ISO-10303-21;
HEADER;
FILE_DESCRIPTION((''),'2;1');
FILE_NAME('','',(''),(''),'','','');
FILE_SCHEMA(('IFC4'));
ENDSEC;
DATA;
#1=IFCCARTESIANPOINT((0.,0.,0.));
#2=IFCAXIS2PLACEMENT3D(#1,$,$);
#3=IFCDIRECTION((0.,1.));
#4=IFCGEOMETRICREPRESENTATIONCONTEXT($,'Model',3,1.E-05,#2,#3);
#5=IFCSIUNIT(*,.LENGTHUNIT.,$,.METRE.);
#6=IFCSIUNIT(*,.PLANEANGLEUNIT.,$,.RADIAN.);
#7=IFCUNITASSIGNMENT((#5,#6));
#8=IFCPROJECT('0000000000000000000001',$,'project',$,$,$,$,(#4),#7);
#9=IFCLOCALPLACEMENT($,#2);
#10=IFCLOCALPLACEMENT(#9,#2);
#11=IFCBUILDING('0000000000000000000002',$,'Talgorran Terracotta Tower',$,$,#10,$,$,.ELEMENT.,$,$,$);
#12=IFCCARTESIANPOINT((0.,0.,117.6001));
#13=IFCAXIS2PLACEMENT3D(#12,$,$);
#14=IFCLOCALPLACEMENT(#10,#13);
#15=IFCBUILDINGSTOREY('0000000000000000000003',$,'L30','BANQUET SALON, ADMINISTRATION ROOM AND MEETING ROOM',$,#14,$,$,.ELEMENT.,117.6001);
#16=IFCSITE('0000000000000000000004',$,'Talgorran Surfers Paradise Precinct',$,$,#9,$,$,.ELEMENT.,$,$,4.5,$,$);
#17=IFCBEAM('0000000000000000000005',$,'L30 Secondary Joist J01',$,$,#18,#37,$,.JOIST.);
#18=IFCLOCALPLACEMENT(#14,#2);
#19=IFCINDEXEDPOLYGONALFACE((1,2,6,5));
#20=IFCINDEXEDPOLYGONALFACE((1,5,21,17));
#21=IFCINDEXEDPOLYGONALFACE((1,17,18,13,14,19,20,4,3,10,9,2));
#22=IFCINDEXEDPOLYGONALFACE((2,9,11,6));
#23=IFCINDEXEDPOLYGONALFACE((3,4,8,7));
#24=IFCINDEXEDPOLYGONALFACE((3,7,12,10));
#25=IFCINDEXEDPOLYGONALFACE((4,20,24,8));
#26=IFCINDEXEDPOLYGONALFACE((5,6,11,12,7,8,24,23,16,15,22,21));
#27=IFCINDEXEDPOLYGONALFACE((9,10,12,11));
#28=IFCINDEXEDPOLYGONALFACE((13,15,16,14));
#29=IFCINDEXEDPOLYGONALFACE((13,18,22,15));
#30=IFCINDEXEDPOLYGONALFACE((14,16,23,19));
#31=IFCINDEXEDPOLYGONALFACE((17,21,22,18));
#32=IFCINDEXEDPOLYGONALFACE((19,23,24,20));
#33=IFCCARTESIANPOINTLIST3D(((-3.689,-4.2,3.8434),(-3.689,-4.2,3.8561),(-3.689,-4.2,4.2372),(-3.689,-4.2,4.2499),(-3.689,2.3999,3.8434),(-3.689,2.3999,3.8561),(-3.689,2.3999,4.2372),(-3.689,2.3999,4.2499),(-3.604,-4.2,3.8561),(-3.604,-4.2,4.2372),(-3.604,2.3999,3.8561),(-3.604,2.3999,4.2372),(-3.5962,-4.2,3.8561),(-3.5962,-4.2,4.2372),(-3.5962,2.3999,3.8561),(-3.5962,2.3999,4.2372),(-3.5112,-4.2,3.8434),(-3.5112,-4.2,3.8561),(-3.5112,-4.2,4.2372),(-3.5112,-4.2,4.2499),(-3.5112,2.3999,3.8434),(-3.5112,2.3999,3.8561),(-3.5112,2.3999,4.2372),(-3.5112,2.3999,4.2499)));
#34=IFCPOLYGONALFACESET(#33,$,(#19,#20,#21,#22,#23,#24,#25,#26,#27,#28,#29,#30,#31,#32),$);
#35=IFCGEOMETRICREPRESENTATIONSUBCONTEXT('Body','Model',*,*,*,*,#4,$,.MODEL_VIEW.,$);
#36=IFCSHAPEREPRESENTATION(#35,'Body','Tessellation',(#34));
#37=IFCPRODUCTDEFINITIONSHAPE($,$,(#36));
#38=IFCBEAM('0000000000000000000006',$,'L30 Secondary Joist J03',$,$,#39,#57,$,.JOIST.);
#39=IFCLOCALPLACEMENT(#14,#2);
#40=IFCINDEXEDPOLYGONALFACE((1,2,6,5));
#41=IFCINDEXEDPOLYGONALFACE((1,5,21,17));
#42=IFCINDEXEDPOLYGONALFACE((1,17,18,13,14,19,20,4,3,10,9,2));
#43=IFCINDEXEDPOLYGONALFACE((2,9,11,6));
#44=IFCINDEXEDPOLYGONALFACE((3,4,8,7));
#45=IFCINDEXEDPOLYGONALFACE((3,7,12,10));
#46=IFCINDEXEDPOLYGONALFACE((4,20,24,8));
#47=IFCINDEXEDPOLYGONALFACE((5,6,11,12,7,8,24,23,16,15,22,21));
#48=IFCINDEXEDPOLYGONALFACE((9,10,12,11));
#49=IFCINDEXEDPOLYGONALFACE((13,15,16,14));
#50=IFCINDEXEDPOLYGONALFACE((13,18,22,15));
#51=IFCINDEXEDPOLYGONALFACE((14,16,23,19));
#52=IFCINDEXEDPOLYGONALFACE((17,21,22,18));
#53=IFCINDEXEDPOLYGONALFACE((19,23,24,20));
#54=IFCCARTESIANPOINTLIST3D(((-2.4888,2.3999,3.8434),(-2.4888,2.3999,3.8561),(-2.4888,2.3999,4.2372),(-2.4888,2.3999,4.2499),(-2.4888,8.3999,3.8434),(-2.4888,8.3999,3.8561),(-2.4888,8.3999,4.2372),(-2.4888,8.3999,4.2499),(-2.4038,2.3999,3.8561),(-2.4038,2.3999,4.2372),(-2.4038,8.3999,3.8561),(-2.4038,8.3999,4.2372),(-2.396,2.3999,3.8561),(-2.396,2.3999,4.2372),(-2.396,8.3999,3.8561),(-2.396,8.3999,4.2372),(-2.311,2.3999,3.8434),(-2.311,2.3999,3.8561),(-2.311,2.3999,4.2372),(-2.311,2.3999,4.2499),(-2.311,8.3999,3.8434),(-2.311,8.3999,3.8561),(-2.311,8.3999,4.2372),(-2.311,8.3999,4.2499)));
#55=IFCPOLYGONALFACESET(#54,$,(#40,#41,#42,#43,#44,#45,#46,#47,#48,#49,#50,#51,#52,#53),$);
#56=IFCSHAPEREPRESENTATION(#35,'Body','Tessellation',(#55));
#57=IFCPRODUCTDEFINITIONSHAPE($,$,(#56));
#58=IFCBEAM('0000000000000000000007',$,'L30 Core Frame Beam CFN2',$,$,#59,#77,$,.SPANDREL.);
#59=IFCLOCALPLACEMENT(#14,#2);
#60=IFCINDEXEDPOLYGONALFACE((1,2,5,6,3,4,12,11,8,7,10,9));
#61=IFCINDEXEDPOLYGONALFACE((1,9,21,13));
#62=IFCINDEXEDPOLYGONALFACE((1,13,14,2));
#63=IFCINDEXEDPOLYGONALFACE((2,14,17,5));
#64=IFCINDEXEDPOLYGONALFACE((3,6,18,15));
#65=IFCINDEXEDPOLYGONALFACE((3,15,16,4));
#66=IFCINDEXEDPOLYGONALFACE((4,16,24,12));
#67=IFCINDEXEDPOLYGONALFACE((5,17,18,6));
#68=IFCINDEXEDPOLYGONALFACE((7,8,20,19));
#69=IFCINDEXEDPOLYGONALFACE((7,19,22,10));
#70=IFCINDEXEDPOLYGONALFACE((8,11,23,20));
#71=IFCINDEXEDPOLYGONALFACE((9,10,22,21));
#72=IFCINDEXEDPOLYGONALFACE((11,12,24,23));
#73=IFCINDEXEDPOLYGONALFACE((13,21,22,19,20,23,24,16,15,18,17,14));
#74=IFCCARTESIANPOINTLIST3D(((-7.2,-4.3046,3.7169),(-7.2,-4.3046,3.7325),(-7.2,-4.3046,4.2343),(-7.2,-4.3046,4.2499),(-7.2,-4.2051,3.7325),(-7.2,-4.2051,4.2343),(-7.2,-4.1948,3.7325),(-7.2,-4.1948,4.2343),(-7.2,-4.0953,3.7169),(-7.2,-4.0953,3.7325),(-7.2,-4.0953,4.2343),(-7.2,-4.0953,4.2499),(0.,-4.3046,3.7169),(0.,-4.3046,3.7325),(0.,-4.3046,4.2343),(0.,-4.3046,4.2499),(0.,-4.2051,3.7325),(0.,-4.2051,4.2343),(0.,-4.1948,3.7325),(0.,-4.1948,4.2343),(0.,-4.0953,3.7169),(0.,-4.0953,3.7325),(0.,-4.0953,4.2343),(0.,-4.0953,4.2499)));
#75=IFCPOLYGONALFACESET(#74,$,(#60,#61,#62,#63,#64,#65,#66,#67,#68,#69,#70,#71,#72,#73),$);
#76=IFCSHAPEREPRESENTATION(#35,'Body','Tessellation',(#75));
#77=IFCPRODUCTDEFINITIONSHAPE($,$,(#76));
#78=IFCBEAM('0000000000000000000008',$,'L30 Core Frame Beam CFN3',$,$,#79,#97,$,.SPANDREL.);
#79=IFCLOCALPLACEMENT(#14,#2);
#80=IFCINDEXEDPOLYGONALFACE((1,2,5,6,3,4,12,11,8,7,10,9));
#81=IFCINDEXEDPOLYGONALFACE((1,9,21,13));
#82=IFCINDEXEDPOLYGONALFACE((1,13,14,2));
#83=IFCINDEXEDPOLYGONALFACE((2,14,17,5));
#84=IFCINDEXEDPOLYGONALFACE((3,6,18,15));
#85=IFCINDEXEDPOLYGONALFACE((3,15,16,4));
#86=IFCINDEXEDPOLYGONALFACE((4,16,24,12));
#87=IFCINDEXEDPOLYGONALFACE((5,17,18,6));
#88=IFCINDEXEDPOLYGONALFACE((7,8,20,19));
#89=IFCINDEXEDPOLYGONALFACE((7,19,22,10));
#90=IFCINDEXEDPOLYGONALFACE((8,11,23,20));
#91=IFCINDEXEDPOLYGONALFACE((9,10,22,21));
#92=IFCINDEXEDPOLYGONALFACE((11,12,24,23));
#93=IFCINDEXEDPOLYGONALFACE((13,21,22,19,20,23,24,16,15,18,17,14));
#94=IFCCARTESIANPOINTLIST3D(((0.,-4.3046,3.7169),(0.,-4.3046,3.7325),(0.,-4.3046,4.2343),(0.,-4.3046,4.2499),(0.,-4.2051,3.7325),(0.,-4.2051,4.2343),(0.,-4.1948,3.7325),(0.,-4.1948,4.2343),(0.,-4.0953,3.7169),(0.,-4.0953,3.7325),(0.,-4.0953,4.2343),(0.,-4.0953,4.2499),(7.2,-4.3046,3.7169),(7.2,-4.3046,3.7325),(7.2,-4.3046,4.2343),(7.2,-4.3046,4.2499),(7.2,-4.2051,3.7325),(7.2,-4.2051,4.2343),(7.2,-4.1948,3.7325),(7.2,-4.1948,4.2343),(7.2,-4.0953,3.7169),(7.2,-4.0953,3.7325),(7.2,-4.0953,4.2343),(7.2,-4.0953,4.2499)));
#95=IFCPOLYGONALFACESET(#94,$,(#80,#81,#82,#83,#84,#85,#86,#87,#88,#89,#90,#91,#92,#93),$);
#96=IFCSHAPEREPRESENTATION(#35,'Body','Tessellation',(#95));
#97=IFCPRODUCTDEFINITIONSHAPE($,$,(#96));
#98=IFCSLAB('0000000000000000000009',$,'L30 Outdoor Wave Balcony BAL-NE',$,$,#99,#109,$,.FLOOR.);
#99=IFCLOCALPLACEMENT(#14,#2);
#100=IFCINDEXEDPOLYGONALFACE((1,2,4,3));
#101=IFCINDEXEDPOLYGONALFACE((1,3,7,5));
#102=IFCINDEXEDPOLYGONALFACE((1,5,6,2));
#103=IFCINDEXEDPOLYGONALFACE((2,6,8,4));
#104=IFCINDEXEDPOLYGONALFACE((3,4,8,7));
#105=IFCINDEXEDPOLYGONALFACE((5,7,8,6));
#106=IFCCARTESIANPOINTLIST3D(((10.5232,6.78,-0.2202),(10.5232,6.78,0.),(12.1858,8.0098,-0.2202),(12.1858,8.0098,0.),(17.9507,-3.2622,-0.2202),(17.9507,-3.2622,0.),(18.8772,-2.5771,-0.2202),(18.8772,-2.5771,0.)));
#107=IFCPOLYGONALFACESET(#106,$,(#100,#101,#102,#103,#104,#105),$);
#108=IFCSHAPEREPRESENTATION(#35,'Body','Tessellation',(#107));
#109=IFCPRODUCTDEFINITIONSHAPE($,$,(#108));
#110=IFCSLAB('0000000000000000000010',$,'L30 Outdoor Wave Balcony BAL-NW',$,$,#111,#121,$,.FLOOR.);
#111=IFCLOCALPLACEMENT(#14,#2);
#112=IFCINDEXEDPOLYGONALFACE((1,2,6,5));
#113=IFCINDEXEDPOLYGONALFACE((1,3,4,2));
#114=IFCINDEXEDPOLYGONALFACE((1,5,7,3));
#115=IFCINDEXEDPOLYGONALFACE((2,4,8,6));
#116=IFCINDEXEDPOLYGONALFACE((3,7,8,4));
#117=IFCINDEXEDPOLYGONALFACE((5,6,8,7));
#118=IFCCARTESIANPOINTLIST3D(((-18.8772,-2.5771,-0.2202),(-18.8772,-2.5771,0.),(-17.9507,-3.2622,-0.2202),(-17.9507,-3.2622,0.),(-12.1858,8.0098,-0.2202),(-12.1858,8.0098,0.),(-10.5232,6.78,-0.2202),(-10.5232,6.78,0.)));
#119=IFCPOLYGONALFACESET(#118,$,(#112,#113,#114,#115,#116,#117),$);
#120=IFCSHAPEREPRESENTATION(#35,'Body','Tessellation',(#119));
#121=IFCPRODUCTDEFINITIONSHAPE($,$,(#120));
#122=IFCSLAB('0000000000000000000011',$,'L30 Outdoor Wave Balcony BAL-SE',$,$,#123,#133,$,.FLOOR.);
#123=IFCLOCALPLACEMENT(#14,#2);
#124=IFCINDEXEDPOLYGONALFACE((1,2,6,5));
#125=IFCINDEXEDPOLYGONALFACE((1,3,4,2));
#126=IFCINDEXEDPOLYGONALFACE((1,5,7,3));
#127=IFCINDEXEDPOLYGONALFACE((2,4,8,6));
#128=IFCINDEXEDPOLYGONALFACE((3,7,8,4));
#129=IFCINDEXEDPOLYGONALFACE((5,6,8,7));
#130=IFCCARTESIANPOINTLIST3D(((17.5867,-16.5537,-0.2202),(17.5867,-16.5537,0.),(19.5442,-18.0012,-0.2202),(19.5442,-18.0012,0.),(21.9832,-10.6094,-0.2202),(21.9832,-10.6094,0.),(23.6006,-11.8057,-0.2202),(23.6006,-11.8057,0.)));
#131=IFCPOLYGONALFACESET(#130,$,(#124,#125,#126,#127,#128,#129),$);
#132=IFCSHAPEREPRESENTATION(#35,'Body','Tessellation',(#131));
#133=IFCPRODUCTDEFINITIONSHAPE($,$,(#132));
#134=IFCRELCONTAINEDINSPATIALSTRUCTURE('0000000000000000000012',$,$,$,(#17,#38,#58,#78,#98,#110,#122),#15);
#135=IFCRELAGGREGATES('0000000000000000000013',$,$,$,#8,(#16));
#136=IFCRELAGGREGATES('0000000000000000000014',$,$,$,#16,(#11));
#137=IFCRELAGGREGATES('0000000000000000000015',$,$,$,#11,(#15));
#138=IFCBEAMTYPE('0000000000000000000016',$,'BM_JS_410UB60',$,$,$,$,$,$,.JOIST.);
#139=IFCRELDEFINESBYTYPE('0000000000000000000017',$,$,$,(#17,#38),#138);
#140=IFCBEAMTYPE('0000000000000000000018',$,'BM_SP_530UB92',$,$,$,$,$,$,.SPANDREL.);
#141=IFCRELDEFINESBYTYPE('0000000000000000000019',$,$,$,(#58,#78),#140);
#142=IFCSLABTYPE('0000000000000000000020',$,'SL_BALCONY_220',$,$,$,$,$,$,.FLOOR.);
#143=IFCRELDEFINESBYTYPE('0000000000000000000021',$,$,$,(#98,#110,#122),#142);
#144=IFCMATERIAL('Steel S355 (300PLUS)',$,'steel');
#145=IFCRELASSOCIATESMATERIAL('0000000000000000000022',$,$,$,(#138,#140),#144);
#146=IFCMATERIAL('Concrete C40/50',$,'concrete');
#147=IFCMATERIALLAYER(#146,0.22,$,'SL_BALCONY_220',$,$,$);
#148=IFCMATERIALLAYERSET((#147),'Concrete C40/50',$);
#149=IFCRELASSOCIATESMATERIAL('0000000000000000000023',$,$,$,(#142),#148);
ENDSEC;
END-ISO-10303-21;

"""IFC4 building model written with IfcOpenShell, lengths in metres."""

from ifc_helpers import new_model, si_unit, direction, frame, origin, origin_2d, place, context, subcontext, project, spatial, polyline, i_section, outline, extrude, material, layer, layer_set, material_profile, profile_set, type_object, element, save


model = new_model("IFC4")

# Units and contexts
model_context = context("Model", 3, precision=1e-05, world=origin(), true_north=direction((0.0, 1.0)))
body_context = subcontext(model_context, "Body", "Model", "MODEL_VIEW")
ifc_project = project(units=[si_unit("LENGTHUNIT", "METRE"), si_unit("PLANEANGLEUNIT", "RADIAN")], contexts=[model_context])

# Site, building, storey
site_placement = place(None, origin())
site = spatial("IfcSite", under=ifc_project, at=site_placement, Name="Talgorran Surfers Paradise Precinct", CompositionType="ELEMENT", RefElevation=4.5)
building_placement = place(site_placement, origin())
building = spatial("IfcBuilding", under=site, at=building_placement, Name="Talgorran Terracotta Tower", CompositionType="ELEMENT")
storey_placement = place(building_placement, frame((0.0, 0.0, 117.6001)))
storey = spatial("IfcBuildingStorey", under=building, at=storey_placement, Name="L30", Description="BANQUET SALON, ADMINISTRATION ROOM AND MEETING ROOM", CompositionType="ELEMENT", Elevation=117.6001)

# Shared definitions
ifc_material_1 = material(Name="Steel S355 (300PLUS)", Category="steel")

# Beams
ifc_material_profile_1 = material_profile(ifc_material_1, i_section(OverallWidth=0.1777, OverallDepth=0.4065, WebThickness=0.0078, FlangeThickness=0.0127, at=origin_2d()), Name="410UB59.7")
ifc_profile_set_1 = profile_set([ifc_material_profile_1], Name="Steel S355 (300PLUS)")
beam_type_1 = type_object("IfcBeamType", Name="BM_JS_410UB60", PredefinedType="JOIST", material=ifc_profile_set_1)
beam_1_placement = place(storey_placement, frame((-3.6001, -4.2, 4.0466), z_axis=(0.0, 1.0, 0.0), x_axis=(-1.0, 0.0, 0.0)))
element("IfcBeam", 1, at=beam_1_placement, inside=storey, type_object=beam_type_1, Name="L30 Secondary Joist J01", PredefinedType="JOIST", context=body_context, shape_type="SweptSolid", body=[
    extrude(i_section(OverallWidth=0.1777, OverallDepth=0.4065, WebThickness=0.0078, FlangeThickness=0.0127, at=origin_2d()), origin(), (0.0, 0.0, 1.0), 6.5999),
])
beam_2_placement = place(storey_placement, frame((-2.3999, 2.3999, 4.0466), z_axis=(0.0, 1.0, 0.0), x_axis=(-1.0, 0.0, 0.0)))
element("IfcBeam", 2, at=beam_2_placement, inside=storey, type_object=beam_type_1, Name="L30 Secondary Joist J03", PredefinedType="JOIST", context=body_context, shape_type="SweptSolid", body=[
    extrude(i_section(OverallWidth=0.1777, OverallDepth=0.4065, WebThickness=0.0078, FlangeThickness=0.0127, at=origin_2d()), origin(), (0.0, 0.0, 1.0), 6.0),
])
ifc_material_profile_2 = material_profile(ifc_material_1, i_section(OverallWidth=0.2092, OverallDepth=0.533, WebThickness=0.0103, FlangeThickness=0.0156, at=origin_2d()), Name="530UB92.4")
ifc_profile_set_2 = profile_set([ifc_material_profile_2], Name="Steel S355 (300PLUS)")
beam_type_2 = type_object("IfcBeamType", Name="BM_SP_530UB92", PredefinedType="SPANDREL", material=ifc_profile_set_2)
for number, where, z_axis, x_axis, name in (
    (3, (-7.2, -4.2, 3.9834), (1.0, 0.0, 0.0), (0.0, 1.0, 0.0), "L30 Core Frame Beam CFN2"),
    (4, (0.0, -4.2, 3.9834), (1.0, 0.0, 0.0), (0.0, 1.0, 0.0), "L30 Core Frame Beam CFN3"),
):
    element("IfcBeam", number, at=place(storey_placement, frame(where, z_axis=z_axis, x_axis=x_axis)), inside=storey, type_object=beam_type_2, Name=name, PredefinedType="SPANDREL", context=body_context, shape_type="SweptSolid", body=[
        extrude(i_section(OverallWidth=0.2092, OverallDepth=0.533, WebThickness=0.0103, FlangeThickness=0.0156, at=origin_2d()), origin(), (0.0, 0.0, 1.0), 7.2),
    ])

# Slabs
ifc_material_2 = material(Name="Concrete C40/50", Category="concrete")
ifc_layer_1 = layer(ifc_material_2, 0.22, Name="SL_BALCONY_220")
ifc_layer_set_1 = layer_set([ifc_layer_1], Name="Concrete C40/50")
slab_type_1 = type_object("IfcSlabType", Name="SL_BALCONY_220", PredefinedType="FLOOR", material=ifc_layer_set_1)
slab_1_placement = place(storey_placement, frame((0.0, 0.0, -0.2202)))
element("IfcSlab", 5, at=slab_1_placement, inside=storey, type_object=slab_type_1, Name="L30 Outdoor Wave Balcony BAL-NE", PredefinedType="FLOOR", context=body_context, shape_type="SweptSolid", body=[
    extrude(outline(polyline([(10.5232, 6.78), (17.9507, -3.2622), (18.8772, -2.5771), (12.1858, 8.0098), (10.5232, 6.78)])), origin(), (0.0, 0.0, 1.0), 0.2202),
])
slab_2_placement = place(storey_placement, frame((0.0, 0.0, -0.2202)))
element("IfcSlab", 6, at=slab_2_placement, inside=storey, type_object=slab_type_1, Name="L30 Outdoor Wave Balcony BAL-NW", PredefinedType="FLOOR", context=body_context, shape_type="SweptSolid", body=[
    extrude(outline(polyline([(-17.9507, -3.2622), (-10.5232, 6.78), (-12.1858, 8.0098), (-18.8772, -2.5771), (-17.9507, -3.2622)])), origin(), (0.0, 0.0, 1.0), 0.2202),
])
slab_3_placement = place(storey_placement, frame((0.0, 0.0, -0.2202)))
element("IfcSlab", 7, at=slab_3_placement, inside=storey, type_object=slab_type_1, Name="L30 Outdoor Wave Balcony BAL-SE", PredefinedType="FLOOR", context=body_context, shape_type="SweptSolid", body=[
    extrude(outline(polyline([(21.9832, -10.6094), (17.5867, -16.5537), (19.5442, -18.0012), (23.6006, -11.8057), (21.9832, -10.6094)])), origin(), (0.0, 0.0, 1.0), 0.2202),
])

save(model, "model.ifc")
